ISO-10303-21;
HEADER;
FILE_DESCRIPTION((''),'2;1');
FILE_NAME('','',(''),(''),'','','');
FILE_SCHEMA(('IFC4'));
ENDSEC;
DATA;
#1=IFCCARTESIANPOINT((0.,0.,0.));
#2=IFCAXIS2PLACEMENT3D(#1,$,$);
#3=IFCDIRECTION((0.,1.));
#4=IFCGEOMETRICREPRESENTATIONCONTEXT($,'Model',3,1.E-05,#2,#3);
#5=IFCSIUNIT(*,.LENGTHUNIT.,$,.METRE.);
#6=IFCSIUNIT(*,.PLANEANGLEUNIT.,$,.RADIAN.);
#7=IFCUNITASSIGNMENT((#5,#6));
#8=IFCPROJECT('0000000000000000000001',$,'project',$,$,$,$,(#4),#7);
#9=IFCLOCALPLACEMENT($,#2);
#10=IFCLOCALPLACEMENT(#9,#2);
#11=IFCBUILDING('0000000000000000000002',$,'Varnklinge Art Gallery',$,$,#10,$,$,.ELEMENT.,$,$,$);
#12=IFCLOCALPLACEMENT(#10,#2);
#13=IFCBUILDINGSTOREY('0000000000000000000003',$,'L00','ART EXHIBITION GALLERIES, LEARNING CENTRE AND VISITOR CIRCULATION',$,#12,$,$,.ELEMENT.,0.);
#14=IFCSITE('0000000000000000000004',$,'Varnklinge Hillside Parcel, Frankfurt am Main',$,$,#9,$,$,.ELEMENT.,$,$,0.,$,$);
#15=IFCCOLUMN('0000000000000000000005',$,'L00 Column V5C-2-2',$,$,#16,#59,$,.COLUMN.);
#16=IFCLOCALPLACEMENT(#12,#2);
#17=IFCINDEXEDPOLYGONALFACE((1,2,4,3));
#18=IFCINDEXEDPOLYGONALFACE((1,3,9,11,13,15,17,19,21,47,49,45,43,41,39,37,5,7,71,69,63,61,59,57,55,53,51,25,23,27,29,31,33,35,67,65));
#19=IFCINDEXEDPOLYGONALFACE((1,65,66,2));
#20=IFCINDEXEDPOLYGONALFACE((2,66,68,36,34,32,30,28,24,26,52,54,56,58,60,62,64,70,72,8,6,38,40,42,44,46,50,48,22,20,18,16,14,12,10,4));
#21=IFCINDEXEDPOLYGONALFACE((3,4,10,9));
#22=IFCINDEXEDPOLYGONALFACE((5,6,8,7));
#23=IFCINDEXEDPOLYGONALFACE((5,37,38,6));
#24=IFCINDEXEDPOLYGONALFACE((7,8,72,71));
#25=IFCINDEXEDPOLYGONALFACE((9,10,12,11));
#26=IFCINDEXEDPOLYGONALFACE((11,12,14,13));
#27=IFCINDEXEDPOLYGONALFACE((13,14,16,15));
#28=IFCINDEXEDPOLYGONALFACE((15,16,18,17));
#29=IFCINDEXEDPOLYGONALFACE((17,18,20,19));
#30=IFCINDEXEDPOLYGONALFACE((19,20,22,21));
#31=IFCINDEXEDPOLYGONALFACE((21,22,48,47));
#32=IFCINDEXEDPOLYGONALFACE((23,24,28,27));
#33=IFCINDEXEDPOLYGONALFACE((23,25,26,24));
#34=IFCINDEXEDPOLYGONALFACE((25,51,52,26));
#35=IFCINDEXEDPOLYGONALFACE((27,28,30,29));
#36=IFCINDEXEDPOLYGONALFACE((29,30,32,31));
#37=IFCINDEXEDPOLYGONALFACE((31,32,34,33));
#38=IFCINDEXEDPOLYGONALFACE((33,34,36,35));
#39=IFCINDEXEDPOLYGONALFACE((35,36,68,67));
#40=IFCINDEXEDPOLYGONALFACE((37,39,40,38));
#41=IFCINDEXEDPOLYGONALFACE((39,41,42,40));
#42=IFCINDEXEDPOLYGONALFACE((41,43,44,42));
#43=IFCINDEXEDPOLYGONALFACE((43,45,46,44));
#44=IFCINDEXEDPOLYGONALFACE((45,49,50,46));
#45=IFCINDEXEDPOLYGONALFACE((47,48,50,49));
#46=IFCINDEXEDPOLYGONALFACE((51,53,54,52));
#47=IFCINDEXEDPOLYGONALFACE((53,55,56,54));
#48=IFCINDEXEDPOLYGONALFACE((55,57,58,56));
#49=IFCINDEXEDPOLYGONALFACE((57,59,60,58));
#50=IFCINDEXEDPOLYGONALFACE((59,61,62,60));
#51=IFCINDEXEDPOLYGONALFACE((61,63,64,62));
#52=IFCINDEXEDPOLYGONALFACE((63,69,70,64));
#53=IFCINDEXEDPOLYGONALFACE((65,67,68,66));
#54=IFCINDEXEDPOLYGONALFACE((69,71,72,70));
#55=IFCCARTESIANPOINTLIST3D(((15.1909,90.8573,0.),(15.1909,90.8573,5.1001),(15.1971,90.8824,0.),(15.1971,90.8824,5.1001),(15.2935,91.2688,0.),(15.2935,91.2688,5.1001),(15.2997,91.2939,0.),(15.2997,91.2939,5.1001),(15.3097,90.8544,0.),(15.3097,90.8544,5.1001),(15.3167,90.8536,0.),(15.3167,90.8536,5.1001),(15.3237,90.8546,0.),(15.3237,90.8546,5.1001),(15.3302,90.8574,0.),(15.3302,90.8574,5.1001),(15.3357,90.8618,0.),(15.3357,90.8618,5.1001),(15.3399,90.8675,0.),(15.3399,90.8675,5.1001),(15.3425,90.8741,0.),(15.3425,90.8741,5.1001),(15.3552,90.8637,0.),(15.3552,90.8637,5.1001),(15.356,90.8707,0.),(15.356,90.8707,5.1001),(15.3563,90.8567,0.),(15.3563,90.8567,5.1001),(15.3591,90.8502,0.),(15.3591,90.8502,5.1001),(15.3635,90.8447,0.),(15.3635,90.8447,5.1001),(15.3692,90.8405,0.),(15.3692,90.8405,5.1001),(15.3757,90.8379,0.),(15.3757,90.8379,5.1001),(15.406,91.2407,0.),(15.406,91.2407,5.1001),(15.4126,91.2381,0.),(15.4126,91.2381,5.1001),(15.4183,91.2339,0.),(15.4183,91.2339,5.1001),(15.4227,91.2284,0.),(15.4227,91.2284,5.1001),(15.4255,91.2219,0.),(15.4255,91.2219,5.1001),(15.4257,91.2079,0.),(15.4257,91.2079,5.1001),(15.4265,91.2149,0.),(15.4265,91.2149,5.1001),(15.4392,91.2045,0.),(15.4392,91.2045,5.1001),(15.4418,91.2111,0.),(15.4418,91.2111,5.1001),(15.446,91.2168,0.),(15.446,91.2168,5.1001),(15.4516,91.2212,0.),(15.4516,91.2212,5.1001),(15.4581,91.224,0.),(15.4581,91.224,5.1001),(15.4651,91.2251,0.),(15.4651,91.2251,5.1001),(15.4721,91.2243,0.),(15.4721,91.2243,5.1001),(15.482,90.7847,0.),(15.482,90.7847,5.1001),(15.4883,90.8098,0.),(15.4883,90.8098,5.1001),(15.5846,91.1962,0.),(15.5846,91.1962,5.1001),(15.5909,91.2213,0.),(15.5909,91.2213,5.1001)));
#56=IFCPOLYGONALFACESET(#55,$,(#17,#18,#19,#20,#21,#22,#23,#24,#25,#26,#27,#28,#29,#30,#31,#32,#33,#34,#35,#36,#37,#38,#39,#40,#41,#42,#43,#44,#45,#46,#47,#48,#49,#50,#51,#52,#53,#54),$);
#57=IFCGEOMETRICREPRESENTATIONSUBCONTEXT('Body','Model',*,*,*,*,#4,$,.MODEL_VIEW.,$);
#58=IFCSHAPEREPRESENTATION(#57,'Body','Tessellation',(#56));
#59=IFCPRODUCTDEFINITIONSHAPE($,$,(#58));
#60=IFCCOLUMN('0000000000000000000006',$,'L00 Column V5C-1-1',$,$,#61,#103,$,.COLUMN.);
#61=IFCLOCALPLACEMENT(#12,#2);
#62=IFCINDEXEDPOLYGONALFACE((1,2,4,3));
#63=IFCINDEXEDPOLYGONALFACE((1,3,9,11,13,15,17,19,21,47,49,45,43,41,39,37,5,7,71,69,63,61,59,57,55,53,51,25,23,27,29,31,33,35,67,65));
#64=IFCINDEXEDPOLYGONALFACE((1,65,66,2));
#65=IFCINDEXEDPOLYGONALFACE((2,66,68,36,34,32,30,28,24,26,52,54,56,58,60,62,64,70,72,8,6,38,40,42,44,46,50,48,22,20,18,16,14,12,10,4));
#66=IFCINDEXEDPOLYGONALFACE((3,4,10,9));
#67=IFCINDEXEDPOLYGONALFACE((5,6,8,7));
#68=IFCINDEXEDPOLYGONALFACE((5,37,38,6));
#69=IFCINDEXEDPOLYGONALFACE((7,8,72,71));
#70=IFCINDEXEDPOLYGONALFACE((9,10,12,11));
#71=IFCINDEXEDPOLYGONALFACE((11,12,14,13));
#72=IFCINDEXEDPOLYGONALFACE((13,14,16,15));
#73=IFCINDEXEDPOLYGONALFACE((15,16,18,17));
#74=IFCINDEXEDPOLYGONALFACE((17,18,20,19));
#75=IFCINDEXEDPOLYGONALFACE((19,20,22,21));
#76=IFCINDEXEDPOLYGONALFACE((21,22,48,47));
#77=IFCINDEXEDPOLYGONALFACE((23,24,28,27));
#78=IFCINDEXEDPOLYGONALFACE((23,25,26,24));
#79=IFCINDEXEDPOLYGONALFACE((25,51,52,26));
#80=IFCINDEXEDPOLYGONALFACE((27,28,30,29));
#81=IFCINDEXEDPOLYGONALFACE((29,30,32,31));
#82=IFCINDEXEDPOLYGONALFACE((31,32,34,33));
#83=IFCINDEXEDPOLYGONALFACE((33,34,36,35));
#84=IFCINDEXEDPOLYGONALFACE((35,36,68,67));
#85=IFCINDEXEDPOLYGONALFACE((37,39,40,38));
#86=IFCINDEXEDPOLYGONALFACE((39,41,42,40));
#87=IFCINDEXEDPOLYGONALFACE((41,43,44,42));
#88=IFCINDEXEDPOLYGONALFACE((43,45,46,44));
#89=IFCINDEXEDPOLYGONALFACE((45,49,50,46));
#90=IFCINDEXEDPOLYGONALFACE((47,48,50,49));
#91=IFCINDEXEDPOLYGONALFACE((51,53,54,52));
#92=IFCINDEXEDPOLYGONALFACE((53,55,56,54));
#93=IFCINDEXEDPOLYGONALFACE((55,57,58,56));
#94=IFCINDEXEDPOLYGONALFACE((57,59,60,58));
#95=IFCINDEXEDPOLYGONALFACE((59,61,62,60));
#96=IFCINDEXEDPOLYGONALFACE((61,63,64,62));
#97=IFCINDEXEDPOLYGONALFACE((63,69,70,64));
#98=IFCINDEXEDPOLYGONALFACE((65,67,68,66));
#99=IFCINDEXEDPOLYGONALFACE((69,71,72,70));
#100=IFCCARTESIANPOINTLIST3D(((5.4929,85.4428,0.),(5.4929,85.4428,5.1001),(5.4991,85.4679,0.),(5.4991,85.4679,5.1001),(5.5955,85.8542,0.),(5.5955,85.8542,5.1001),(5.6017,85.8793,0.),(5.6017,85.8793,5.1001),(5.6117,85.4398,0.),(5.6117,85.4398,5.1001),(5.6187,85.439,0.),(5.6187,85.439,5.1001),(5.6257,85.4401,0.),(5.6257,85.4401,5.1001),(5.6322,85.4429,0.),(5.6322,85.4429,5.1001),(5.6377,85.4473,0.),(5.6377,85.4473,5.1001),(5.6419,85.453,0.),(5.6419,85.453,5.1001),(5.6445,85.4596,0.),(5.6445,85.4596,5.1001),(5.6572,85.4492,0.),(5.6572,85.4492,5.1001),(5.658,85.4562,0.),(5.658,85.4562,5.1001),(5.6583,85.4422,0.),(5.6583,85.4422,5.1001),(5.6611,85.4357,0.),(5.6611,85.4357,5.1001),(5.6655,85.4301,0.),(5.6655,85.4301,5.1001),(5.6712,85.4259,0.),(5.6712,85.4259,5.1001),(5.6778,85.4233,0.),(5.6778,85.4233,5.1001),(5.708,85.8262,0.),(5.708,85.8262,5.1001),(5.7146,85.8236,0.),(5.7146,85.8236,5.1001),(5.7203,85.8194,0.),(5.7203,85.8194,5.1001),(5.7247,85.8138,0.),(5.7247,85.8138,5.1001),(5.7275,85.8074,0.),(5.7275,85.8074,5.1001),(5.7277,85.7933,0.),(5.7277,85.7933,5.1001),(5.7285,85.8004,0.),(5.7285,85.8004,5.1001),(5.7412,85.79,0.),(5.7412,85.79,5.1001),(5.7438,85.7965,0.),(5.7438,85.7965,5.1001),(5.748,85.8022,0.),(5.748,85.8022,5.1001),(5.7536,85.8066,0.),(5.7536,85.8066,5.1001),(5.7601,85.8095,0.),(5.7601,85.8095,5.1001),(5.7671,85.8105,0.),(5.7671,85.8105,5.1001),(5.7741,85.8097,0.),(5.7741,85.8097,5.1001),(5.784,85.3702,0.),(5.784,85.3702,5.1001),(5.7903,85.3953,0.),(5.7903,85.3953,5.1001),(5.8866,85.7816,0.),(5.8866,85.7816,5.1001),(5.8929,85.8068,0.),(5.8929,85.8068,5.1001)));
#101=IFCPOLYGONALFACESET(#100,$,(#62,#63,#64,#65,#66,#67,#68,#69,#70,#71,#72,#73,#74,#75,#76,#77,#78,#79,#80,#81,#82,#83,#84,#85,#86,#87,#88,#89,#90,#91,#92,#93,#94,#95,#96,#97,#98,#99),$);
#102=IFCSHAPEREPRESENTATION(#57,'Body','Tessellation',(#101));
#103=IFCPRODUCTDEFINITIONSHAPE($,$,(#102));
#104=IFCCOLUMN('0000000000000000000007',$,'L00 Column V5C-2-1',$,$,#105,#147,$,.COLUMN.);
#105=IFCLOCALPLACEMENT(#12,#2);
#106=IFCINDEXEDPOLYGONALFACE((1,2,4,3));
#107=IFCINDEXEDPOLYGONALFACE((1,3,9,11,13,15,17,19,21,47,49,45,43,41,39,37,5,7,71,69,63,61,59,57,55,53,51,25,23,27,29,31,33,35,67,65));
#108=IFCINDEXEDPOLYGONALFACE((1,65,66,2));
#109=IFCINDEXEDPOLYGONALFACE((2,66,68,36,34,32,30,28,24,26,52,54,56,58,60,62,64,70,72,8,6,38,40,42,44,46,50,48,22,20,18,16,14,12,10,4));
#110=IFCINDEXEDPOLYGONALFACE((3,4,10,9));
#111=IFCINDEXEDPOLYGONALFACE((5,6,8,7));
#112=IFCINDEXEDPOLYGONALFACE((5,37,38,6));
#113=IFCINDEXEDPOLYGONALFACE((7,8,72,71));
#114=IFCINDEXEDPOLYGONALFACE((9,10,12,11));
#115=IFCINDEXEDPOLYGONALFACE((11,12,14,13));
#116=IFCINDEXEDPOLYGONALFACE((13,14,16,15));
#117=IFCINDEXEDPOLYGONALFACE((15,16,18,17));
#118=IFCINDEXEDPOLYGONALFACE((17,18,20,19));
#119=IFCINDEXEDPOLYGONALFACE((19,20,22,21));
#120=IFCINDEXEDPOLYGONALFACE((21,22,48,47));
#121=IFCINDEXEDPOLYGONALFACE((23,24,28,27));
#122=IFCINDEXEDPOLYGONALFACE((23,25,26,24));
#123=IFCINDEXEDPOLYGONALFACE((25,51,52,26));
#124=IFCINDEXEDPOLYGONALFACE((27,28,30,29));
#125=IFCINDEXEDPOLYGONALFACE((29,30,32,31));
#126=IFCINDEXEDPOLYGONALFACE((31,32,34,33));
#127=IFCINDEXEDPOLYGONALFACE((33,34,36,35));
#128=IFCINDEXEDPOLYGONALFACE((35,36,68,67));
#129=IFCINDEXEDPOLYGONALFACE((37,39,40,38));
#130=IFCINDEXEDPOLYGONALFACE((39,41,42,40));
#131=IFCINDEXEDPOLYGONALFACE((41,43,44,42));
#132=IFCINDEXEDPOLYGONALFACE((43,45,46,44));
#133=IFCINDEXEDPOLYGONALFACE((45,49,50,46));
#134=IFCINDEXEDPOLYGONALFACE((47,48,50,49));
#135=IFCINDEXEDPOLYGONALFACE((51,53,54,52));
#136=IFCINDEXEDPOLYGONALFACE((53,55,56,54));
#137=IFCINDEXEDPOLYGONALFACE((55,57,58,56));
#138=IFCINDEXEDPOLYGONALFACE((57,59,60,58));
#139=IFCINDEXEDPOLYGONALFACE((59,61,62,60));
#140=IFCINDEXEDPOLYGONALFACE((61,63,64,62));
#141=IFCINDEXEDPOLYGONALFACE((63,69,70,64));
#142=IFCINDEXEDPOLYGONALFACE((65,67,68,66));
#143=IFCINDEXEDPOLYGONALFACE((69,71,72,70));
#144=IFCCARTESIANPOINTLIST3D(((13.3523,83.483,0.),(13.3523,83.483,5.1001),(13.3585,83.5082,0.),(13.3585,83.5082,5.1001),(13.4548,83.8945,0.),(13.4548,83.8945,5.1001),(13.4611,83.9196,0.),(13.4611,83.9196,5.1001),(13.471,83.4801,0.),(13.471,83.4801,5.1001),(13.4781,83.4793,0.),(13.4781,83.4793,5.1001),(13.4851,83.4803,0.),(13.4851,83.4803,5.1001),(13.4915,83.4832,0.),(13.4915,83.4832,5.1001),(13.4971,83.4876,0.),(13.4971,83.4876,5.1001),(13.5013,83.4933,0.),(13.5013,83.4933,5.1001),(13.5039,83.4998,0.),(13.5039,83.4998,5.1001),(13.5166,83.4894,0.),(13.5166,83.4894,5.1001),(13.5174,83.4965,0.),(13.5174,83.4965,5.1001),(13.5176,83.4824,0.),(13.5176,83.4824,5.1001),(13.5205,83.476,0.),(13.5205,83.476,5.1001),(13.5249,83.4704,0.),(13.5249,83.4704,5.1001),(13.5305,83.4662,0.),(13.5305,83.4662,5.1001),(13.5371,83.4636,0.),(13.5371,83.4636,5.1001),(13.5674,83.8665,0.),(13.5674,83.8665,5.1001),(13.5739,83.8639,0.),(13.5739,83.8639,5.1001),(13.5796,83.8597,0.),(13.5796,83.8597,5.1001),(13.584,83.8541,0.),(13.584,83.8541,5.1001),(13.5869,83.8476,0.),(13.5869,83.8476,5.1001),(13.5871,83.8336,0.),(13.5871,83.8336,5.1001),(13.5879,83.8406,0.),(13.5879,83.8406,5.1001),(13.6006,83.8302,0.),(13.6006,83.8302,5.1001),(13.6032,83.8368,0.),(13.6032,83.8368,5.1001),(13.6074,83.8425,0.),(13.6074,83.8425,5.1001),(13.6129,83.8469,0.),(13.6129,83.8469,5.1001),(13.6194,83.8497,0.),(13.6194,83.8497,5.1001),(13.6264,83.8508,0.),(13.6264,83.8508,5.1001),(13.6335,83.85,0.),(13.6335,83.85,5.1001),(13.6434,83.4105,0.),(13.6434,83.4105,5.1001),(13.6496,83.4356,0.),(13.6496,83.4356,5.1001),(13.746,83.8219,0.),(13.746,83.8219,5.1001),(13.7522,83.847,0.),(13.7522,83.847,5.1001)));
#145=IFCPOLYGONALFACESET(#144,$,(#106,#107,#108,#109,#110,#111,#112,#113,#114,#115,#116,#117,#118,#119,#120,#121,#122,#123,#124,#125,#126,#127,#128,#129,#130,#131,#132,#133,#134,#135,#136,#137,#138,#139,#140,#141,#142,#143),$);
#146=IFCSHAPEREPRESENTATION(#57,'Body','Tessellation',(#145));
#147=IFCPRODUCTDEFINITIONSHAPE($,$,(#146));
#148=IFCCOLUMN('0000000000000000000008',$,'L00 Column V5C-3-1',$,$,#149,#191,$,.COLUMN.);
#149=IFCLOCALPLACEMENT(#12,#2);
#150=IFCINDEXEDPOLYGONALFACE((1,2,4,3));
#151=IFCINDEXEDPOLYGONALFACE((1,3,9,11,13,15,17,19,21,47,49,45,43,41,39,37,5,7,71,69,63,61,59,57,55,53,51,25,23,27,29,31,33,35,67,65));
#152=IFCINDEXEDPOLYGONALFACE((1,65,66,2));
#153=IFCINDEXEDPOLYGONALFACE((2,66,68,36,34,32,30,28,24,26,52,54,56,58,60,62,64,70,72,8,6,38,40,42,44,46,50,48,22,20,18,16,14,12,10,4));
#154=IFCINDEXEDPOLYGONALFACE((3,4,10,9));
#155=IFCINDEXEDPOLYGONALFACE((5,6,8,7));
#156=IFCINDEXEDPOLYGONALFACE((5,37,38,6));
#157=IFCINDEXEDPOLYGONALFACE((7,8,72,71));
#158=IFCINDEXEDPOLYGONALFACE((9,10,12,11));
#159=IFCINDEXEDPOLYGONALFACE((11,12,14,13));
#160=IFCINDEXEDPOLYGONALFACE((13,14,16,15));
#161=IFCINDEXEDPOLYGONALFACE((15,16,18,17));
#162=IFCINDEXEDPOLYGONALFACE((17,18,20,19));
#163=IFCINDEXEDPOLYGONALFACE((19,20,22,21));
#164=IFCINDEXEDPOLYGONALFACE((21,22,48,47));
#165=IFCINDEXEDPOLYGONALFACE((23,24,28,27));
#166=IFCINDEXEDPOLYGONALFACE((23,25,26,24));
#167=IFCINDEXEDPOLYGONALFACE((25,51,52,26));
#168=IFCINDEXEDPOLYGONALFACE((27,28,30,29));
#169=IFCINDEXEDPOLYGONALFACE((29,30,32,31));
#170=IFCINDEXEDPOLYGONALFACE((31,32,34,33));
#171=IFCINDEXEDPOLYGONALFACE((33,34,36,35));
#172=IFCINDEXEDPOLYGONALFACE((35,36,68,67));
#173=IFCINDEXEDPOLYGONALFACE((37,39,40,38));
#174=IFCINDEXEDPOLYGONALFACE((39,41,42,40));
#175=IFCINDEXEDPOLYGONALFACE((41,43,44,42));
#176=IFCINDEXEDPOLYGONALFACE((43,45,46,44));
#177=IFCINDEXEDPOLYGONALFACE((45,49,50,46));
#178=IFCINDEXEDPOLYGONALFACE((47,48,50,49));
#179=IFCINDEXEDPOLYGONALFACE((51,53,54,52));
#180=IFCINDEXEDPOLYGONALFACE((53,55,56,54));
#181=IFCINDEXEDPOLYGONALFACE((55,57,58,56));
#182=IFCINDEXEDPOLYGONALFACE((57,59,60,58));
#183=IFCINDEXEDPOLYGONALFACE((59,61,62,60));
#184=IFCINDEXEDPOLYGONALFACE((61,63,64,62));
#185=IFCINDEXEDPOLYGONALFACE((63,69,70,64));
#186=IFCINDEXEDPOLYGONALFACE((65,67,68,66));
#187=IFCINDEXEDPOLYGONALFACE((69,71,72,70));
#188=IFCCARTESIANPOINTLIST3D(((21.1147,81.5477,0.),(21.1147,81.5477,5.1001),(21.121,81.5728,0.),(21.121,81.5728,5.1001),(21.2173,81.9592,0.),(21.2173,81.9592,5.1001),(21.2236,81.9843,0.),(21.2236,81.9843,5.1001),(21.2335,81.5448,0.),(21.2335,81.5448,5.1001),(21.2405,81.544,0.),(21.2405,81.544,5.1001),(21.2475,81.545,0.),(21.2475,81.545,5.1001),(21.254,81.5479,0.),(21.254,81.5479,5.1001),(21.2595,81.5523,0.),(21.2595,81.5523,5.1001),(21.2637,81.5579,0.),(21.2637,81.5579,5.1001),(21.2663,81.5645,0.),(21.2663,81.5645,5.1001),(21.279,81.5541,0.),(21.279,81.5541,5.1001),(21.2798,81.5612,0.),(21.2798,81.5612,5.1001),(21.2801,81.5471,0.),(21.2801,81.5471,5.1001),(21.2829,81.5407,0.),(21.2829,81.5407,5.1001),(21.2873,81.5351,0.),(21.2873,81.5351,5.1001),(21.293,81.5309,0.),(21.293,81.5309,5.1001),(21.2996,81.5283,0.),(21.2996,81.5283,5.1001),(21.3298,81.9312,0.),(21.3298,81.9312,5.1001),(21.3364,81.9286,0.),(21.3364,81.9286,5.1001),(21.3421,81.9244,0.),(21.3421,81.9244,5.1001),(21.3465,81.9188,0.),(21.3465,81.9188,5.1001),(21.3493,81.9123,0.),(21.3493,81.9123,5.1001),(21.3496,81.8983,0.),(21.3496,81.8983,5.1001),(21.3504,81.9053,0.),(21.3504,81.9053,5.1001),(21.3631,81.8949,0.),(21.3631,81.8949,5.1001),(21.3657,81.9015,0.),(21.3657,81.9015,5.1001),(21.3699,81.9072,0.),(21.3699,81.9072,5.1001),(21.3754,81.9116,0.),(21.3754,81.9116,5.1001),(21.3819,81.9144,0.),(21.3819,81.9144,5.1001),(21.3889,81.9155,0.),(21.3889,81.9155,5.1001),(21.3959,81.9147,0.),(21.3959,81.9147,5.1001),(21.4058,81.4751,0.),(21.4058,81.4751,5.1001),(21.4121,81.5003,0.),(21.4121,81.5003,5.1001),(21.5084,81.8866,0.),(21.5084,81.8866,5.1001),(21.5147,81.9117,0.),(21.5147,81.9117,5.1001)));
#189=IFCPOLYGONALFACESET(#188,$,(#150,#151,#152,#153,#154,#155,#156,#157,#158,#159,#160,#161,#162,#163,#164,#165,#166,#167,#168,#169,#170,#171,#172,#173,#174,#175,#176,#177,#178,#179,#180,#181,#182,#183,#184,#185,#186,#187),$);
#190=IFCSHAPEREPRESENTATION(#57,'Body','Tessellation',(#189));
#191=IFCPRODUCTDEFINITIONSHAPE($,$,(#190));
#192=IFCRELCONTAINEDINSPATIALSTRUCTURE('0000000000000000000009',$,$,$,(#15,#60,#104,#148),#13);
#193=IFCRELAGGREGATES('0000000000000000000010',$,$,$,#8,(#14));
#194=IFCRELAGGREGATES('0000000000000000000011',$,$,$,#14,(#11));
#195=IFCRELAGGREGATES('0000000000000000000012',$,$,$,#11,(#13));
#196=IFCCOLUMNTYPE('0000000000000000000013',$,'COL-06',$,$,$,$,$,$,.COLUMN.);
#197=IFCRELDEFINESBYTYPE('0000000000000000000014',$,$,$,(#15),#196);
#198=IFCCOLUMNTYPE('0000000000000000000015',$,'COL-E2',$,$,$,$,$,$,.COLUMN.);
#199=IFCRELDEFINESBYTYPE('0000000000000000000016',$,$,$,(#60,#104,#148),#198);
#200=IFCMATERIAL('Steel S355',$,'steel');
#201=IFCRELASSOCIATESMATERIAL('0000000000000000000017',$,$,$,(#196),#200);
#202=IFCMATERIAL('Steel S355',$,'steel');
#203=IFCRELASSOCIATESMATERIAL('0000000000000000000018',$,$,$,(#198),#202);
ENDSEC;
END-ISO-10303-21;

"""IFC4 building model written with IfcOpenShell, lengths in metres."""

from ifc_helpers import new_model, si_unit, direction, frame, origin, origin_2d, place, context, subcontext, project, spatial, i_section, extrude, material, material_profile, profile_set, type_object, element, save


model = new_model("IFC4")

# Units and contexts
model_context = context("Model", 3, precision=1e-05, world=origin(), true_north=direction((0.0, 1.0)))
body_context = subcontext(model_context, "Body", "Model", "MODEL_VIEW")
ifc_project = project(units=[si_unit("LENGTHUNIT", "METRE"), si_unit("PLANEANGLEUNIT", "RADIAN")], contexts=[model_context])

# Site, building, storey
site_placement = place(None, origin())
site = spatial("IfcSite", under=ifc_project, at=site_placement, Name="Varnklinge Hillside Parcel, Frankfurt am Main", CompositionType="ELEMENT", RefElevation=0.0)
building_placement = place(site_placement, origin())
building = spatial("IfcBuilding", under=site, at=building_placement, Name="Varnklinge Art Gallery", CompositionType="ELEMENT")
storey_placement = place(building_placement, origin())
storey = spatial("IfcBuildingStorey", under=building, at=storey_placement, Name="L00", Description="ART EXHIBITION GALLERIES, LEARNING CENTRE AND VISITOR CIRCULATION", CompositionType="ELEMENT", Elevation=0.0)

# Columns
ifc_material_1 = material(Name="Steel S355", Category="steel")
ifc_material_profile_1 = material_profile(ifc_material_1, i_section(OverallWidth=0.3, OverallDepth=0.45, WebThickness=0.0139, FlangeThickness=0.0259, FilletRadius=0.0271, at=origin_2d()), Name="HEB 450")
ifc_profile_set_1 = profile_set([ifc_material_profile_1], Name="Steel S355")
column_type_1 = type_object("IfcColumnType", Name="COL-06", PredefinedType="COLUMN", material=ifc_profile_set_1)
column_placement = place(storey_placement, frame((15.3909, 91.0393, 0.0), z_axis=(0.0, 0.0, 1.0), x_axis=(0.970296, -0.241922, 0.0)))
element("IfcColumn", 1, at=column_placement, inside=storey, type_object=column_type_1, Name="L00 Column V5C-2-2", PredefinedType="COLUMN", context=body_context, shape_type="SweptSolid", body=[
    extrude(i_section(OverallWidth=0.3, OverallDepth=0.45, WebThickness=0.0139, FlangeThickness=0.0259, FilletRadius=0.0271, at=origin_2d()), origin(), (0.0, 0.0, 1.0), 5.1001),
])
ifc_material_2 = material(Name="Steel S355", Category="steel")
ifc_material_profile_2 = material_profile(ifc_material_2, i_section(OverallWidth=0.3, OverallDepth=0.45, WebThickness=0.0139, FlangeThickness=0.0259, FilletRadius=0.0271, at=origin_2d()), Name="HEB 450")
ifc_profile_set_2 = profile_set([ifc_material_profile_2], Name="Steel S355")
column_type_2 = type_object("IfcColumnType", Name="COL-E2", PredefinedType="COLUMN", material=ifc_profile_set_2)
for number, where, z_axis, x_axis, name in (
    (2, (5.6929, 85.6248, 0.0), (0.0, 0.0, 1.0), (0.970296, -0.241922, 0.0), "L00 Column V5C-1-1"),
    (3, (13.5522, 83.665, 0.0), (0.0, 0.0, 1.0), (0.970296, -0.241922, 0.0), "L00 Column V5C-2-1"),
    (4, (21.3147, 81.7297, 0.0), (0.0, 0.0, 1.0), (0.970296, -0.241922, 0.0), "L00 Column V5C-3-1"),
):
    element("IfcColumn", number, at=place(storey_placement, frame(where, z_axis=z_axis, x_axis=x_axis)), inside=storey, type_object=column_type_2, Name=name, PredefinedType="COLUMN", context=body_context, shape_type="SweptSolid", body=[
        extrude(i_section(OverallWidth=0.3, OverallDepth=0.45, WebThickness=0.0139, FlangeThickness=0.0259, FilletRadius=0.0271, at=origin_2d()), origin(), (0.0, 0.0, 1.0), 5.1001),
    ])

save(model, "model.ifc")
